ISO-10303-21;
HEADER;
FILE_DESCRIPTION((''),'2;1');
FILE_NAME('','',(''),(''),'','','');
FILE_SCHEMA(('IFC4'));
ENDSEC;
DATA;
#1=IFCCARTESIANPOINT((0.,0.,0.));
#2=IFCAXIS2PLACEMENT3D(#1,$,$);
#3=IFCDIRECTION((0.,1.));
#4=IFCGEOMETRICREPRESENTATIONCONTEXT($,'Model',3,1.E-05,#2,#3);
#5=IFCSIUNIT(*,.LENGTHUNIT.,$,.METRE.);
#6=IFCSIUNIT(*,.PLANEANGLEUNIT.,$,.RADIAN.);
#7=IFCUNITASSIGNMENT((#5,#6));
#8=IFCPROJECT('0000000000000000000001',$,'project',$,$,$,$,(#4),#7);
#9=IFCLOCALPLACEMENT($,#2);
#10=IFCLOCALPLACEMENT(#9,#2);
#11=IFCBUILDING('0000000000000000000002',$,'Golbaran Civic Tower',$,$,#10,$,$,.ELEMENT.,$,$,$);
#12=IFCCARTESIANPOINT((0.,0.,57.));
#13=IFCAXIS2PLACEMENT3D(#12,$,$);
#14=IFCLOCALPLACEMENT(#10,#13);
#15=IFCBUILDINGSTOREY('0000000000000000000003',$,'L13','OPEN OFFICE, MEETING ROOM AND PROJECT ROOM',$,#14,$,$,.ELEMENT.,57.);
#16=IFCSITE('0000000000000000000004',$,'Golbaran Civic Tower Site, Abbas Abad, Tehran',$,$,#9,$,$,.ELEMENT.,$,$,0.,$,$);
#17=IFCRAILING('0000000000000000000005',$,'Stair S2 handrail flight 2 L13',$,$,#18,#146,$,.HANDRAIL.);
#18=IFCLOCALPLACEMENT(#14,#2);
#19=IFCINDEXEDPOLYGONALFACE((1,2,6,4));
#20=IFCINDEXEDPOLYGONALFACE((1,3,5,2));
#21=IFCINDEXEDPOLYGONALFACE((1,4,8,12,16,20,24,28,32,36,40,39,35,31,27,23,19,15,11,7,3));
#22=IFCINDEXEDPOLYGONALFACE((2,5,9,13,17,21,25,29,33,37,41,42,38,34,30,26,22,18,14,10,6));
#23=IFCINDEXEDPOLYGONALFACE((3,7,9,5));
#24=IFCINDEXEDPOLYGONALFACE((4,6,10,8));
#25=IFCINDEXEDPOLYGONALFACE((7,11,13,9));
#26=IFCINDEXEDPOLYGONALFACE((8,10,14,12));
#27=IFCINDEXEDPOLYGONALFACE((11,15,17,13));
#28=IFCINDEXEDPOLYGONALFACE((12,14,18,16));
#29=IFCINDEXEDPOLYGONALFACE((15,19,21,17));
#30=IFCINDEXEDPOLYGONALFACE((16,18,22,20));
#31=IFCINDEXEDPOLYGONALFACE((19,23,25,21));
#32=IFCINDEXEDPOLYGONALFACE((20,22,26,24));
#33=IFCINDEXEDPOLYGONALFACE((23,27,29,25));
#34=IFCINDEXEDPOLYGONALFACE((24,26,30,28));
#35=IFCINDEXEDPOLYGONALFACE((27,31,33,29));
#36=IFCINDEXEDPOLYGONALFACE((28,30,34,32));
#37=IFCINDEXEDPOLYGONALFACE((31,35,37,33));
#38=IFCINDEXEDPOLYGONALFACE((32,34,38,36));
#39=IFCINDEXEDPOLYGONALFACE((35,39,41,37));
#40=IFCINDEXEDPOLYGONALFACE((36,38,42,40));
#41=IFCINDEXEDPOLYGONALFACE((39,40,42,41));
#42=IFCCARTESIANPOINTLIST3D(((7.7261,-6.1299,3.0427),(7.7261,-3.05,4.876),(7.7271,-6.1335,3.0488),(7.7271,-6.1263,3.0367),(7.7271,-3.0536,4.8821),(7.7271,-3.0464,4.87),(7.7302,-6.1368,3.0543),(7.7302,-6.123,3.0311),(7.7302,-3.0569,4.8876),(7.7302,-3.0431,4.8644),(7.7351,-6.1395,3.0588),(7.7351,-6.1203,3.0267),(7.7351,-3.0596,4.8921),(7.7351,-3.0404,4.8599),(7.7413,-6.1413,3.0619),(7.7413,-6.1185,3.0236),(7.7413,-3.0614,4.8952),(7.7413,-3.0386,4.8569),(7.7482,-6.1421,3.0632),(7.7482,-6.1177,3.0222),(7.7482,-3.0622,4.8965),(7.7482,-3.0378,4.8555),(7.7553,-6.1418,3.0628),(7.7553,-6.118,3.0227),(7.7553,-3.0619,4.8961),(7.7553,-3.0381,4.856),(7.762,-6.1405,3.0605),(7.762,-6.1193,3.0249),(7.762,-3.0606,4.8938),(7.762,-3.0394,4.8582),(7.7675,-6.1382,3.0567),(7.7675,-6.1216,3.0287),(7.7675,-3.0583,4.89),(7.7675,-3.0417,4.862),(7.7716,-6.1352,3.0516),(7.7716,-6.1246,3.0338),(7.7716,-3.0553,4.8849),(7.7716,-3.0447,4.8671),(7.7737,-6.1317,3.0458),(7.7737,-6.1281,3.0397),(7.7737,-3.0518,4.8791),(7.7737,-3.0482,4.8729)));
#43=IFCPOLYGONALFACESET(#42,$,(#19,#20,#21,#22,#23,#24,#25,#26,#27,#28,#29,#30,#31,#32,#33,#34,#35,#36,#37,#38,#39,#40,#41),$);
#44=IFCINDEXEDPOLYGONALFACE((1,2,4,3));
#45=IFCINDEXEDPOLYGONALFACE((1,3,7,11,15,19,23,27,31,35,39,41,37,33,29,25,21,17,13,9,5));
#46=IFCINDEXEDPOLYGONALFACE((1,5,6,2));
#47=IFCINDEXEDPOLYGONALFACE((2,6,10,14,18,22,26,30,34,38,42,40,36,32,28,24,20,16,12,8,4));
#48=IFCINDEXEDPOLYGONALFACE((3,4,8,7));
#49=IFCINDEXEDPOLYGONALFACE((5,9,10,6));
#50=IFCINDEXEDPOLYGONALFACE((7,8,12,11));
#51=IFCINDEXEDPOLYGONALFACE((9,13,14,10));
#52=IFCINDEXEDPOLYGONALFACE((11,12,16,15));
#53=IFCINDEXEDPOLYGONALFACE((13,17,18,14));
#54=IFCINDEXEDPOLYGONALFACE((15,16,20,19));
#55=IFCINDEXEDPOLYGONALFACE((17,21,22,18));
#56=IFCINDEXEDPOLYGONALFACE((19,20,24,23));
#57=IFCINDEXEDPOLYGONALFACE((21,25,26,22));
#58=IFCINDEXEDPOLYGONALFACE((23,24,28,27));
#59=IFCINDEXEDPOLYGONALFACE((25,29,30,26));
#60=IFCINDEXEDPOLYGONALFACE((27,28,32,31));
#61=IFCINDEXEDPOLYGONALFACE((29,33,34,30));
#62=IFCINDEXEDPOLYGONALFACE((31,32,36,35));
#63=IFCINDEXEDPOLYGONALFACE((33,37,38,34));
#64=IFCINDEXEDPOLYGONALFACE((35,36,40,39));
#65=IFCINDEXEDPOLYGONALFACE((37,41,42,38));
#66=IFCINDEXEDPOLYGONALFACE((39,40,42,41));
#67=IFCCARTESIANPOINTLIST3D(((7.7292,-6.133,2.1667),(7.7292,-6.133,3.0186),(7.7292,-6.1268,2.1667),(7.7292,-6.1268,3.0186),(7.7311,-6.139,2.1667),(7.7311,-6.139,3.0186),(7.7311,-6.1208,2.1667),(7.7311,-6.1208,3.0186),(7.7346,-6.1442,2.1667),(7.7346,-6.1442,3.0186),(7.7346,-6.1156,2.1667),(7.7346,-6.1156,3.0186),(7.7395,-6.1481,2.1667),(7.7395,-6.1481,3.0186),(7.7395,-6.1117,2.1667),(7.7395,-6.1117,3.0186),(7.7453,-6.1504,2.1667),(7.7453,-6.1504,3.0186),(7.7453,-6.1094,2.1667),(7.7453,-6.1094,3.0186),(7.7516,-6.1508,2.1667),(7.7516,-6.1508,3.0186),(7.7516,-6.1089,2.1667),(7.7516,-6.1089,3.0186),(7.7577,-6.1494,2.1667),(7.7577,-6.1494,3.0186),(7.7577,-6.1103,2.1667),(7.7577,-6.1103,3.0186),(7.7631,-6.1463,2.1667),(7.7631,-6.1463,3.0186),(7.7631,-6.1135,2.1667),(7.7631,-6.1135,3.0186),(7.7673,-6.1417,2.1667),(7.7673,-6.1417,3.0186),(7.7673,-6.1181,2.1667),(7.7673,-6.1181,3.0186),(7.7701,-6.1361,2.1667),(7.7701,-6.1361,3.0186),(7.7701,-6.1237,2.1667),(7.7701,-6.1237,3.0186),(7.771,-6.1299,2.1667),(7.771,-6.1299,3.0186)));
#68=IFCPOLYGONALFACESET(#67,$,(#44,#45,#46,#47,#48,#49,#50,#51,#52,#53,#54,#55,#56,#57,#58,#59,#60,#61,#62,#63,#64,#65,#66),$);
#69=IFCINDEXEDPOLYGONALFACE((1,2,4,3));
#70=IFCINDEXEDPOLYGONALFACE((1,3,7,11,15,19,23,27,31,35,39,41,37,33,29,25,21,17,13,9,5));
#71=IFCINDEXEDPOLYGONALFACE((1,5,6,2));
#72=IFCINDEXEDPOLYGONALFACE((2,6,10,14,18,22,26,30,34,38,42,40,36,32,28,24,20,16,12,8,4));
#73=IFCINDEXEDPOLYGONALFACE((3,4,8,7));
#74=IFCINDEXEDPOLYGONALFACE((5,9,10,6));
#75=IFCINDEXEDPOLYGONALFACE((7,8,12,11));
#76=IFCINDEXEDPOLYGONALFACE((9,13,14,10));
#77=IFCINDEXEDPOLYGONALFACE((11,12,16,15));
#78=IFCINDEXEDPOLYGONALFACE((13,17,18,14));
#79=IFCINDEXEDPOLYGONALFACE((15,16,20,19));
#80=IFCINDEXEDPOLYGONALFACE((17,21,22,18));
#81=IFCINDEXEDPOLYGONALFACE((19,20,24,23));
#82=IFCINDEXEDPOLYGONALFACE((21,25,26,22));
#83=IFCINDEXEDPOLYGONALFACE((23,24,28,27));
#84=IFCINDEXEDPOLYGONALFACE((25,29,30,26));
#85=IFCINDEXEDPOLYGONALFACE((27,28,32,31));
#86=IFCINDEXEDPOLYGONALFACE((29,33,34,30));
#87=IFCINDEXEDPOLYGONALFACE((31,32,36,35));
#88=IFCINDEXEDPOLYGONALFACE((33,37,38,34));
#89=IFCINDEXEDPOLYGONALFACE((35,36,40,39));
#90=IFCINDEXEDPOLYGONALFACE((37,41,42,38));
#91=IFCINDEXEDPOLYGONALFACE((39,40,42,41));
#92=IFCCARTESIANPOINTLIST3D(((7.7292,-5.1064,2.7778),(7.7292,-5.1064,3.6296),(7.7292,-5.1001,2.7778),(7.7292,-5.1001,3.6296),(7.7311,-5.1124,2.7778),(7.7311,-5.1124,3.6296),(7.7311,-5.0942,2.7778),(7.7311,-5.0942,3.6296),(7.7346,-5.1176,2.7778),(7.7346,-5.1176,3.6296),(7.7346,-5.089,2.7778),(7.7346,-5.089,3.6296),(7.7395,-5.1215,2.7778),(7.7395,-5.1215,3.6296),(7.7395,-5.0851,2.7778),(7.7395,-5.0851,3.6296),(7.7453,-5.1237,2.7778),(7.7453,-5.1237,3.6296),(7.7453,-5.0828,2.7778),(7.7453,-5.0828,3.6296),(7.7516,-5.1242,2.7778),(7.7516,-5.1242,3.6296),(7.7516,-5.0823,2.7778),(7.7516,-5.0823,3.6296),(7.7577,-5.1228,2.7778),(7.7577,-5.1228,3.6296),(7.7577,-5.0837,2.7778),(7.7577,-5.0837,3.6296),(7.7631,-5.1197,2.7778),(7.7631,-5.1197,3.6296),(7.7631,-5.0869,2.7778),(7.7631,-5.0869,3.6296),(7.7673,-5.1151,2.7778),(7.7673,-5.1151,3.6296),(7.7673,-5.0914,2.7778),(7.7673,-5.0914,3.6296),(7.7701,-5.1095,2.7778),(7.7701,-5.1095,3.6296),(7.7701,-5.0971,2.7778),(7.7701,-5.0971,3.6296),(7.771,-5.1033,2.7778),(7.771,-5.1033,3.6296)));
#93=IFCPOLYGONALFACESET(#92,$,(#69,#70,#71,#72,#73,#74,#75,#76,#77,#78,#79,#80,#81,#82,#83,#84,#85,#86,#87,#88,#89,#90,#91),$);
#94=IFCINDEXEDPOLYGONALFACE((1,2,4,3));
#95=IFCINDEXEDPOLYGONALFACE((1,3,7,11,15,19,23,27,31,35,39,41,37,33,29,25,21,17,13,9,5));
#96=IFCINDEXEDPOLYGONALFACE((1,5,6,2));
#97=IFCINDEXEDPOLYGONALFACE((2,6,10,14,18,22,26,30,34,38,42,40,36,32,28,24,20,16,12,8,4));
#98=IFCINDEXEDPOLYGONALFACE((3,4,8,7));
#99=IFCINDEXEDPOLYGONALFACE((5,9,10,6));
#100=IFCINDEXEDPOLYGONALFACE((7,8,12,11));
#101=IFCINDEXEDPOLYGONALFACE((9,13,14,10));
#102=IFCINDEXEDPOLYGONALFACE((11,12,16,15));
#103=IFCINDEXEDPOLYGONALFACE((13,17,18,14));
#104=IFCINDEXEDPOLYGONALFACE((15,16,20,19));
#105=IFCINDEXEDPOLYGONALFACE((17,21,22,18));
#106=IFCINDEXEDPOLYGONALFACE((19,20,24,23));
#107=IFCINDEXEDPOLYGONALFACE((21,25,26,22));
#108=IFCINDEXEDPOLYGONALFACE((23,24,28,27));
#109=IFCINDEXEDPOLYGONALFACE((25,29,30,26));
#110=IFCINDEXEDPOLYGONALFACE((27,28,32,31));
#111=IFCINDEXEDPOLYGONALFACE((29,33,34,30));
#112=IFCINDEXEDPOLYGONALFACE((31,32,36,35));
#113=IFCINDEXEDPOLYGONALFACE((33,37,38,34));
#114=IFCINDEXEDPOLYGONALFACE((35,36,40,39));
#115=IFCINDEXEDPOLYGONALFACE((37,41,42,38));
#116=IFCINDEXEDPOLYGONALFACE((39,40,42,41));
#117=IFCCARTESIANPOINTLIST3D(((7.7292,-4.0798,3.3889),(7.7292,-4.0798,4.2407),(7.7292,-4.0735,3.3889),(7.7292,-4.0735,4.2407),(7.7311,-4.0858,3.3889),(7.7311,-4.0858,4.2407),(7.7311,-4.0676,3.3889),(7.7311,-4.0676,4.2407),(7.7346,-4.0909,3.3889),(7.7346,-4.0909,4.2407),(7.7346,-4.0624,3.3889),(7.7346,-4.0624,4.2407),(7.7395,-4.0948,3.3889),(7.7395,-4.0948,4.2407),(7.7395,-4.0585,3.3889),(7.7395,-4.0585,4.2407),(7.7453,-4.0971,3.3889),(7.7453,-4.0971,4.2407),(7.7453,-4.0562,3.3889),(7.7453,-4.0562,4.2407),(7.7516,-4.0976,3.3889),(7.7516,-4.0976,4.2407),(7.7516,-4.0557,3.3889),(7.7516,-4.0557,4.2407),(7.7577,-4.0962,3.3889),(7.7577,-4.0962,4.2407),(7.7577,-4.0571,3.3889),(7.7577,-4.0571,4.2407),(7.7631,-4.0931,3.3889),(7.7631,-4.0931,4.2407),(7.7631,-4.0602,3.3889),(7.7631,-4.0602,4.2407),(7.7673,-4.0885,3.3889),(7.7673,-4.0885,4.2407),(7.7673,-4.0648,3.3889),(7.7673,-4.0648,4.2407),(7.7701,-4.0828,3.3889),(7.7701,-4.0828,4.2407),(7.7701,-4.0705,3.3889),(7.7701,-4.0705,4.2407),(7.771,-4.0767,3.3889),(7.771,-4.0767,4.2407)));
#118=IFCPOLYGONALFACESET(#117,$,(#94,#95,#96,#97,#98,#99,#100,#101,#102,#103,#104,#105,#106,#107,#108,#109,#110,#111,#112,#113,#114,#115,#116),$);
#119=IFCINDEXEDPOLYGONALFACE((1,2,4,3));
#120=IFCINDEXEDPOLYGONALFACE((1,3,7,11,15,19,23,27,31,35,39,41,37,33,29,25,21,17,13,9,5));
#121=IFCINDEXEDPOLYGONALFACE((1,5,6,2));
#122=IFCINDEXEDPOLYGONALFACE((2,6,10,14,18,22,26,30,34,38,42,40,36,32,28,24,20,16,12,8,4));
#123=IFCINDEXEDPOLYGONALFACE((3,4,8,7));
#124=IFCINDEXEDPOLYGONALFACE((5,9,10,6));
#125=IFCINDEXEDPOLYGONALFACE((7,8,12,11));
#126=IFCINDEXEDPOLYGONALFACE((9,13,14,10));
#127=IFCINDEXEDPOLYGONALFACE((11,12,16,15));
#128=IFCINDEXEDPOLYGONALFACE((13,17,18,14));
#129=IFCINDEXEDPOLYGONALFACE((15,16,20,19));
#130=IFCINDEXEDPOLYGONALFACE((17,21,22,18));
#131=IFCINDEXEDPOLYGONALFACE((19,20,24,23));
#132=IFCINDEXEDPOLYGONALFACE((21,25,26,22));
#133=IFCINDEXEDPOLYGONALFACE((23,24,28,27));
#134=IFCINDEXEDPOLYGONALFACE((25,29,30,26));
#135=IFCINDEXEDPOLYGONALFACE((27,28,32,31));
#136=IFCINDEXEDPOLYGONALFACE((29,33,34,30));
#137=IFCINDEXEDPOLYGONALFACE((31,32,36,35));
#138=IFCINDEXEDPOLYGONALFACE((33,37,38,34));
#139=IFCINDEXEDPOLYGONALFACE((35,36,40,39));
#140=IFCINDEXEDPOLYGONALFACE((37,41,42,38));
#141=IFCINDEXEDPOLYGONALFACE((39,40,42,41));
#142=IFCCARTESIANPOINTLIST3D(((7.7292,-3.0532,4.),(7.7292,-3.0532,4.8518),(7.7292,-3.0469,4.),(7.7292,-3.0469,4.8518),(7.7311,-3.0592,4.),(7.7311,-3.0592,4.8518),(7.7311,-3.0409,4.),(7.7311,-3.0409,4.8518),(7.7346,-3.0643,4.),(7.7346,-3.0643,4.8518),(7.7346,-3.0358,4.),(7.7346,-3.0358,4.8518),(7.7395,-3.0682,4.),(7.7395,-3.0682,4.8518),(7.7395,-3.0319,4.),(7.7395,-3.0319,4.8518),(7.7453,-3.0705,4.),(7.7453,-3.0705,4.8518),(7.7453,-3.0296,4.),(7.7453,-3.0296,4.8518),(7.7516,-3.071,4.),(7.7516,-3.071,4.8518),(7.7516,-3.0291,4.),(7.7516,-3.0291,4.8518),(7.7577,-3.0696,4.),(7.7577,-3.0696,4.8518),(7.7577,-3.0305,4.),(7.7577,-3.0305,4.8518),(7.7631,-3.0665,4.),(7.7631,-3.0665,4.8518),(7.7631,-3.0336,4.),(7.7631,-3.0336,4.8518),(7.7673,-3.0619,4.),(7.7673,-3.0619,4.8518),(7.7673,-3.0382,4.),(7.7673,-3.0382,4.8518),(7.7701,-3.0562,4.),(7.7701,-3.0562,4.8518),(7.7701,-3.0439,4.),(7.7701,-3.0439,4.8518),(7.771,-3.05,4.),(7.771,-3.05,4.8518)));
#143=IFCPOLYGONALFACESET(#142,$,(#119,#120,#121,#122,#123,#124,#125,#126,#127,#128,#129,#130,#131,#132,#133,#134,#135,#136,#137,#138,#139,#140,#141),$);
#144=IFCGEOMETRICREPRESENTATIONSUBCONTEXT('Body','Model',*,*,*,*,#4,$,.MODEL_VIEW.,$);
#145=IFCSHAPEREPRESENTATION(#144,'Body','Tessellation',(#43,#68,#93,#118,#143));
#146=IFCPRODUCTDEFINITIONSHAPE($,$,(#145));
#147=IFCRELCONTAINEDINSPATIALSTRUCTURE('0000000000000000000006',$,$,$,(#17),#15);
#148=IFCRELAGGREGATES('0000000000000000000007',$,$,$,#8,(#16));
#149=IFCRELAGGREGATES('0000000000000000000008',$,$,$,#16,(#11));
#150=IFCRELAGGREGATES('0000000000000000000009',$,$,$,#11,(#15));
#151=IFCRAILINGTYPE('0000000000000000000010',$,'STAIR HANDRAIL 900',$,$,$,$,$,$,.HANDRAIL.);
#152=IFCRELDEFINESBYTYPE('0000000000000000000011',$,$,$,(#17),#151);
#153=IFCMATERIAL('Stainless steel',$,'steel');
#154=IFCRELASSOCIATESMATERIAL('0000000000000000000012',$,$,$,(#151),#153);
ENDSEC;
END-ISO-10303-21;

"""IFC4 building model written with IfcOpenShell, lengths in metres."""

from ifc_helpers import new_model, si_unit, direction, frame, origin, origin_2d, place, context, subcontext, project, spatial, circle, extrude, material, type_object, element, save


model = new_model("IFC4")

# Units and contexts
model_context = context("Model", 3, precision=1e-05, world=origin(), true_north=direction((0.0, 1.0)))
body_context = subcontext(model_context, "Body", "Model", "MODEL_VIEW")
ifc_project = project(units=[si_unit("LENGTHUNIT", "METRE"), si_unit("PLANEANGLEUNIT", "RADIAN")], contexts=[model_context])

# Site, building, storey
site_placement = place(None, origin())
site = spatial("IfcSite", under=ifc_project, at=site_placement, Name="Golbaran Civic Tower Site, Abbas Abad, Tehran", CompositionType="ELEMENT", RefElevation=0.0)
building_placement = place(site_placement, origin())
building = spatial("IfcBuilding", under=site, at=building_placement, Name="Golbaran Civic Tower", CompositionType="ELEMENT")
storey_placement = place(building_placement, frame((0.0, 0.0, 57.0)))
storey = spatial("IfcBuildingStorey", under=building, at=storey_placement, Name="L13", Description="OPEN OFFICE, MEETING ROOM AND PROJECT ROOM", CompositionType="ELEMENT", Elevation=57.0)

# Railing
ifc_material_1 = material(Name="Stainless steel", Category="steel")
railing_type = type_object("IfcRailingType", Name="STAIR HANDRAIL 900", PredefinedType="HANDRAIL", material=ifc_material_1)
railing_1_placement = place(storey_placement, frame((7.75, -6.1299, 2.1667)))
element("IfcRailing", 1, at=railing_1_placement, inside=storey, type_object=railing_type, Name="Stair S2 handrail flight 2 L13", PredefinedType="HANDRAIL", context=body_context, shape_type="SweptSolid", body=[
    extrude(circle(Radius=0.0239, at=origin_2d()), frame((0.0, 0.0, 0.876), z_axis=(0.0, 0.859291, 0.511487), x_axis=(-1.0, 0.0, 0.0)), (0.0, 0.0, 1.0), 3.5842),
    extrude(circle(Radius=0.021, at=origin_2d()), origin(), (0.0, 0.0, 1.0), 0.8518),
    extrude(circle(Radius=0.021, at=origin_2d()), frame((0.0, 1.0266, 0.6111)), (0.0, 0.0, 1.0), 0.8518),
    extrude(circle(Radius=0.021, at=origin_2d()), frame((0.0, 2.0532, 1.2222)), (0.0, 0.0, 1.0), 0.8518),
    extrude(circle(Radius=0.021, at=origin_2d()), frame((0.0, 3.0798, 1.8333)), (0.0, 0.0, 1.0), 0.8518),
])

save(model, "model.ifc")
